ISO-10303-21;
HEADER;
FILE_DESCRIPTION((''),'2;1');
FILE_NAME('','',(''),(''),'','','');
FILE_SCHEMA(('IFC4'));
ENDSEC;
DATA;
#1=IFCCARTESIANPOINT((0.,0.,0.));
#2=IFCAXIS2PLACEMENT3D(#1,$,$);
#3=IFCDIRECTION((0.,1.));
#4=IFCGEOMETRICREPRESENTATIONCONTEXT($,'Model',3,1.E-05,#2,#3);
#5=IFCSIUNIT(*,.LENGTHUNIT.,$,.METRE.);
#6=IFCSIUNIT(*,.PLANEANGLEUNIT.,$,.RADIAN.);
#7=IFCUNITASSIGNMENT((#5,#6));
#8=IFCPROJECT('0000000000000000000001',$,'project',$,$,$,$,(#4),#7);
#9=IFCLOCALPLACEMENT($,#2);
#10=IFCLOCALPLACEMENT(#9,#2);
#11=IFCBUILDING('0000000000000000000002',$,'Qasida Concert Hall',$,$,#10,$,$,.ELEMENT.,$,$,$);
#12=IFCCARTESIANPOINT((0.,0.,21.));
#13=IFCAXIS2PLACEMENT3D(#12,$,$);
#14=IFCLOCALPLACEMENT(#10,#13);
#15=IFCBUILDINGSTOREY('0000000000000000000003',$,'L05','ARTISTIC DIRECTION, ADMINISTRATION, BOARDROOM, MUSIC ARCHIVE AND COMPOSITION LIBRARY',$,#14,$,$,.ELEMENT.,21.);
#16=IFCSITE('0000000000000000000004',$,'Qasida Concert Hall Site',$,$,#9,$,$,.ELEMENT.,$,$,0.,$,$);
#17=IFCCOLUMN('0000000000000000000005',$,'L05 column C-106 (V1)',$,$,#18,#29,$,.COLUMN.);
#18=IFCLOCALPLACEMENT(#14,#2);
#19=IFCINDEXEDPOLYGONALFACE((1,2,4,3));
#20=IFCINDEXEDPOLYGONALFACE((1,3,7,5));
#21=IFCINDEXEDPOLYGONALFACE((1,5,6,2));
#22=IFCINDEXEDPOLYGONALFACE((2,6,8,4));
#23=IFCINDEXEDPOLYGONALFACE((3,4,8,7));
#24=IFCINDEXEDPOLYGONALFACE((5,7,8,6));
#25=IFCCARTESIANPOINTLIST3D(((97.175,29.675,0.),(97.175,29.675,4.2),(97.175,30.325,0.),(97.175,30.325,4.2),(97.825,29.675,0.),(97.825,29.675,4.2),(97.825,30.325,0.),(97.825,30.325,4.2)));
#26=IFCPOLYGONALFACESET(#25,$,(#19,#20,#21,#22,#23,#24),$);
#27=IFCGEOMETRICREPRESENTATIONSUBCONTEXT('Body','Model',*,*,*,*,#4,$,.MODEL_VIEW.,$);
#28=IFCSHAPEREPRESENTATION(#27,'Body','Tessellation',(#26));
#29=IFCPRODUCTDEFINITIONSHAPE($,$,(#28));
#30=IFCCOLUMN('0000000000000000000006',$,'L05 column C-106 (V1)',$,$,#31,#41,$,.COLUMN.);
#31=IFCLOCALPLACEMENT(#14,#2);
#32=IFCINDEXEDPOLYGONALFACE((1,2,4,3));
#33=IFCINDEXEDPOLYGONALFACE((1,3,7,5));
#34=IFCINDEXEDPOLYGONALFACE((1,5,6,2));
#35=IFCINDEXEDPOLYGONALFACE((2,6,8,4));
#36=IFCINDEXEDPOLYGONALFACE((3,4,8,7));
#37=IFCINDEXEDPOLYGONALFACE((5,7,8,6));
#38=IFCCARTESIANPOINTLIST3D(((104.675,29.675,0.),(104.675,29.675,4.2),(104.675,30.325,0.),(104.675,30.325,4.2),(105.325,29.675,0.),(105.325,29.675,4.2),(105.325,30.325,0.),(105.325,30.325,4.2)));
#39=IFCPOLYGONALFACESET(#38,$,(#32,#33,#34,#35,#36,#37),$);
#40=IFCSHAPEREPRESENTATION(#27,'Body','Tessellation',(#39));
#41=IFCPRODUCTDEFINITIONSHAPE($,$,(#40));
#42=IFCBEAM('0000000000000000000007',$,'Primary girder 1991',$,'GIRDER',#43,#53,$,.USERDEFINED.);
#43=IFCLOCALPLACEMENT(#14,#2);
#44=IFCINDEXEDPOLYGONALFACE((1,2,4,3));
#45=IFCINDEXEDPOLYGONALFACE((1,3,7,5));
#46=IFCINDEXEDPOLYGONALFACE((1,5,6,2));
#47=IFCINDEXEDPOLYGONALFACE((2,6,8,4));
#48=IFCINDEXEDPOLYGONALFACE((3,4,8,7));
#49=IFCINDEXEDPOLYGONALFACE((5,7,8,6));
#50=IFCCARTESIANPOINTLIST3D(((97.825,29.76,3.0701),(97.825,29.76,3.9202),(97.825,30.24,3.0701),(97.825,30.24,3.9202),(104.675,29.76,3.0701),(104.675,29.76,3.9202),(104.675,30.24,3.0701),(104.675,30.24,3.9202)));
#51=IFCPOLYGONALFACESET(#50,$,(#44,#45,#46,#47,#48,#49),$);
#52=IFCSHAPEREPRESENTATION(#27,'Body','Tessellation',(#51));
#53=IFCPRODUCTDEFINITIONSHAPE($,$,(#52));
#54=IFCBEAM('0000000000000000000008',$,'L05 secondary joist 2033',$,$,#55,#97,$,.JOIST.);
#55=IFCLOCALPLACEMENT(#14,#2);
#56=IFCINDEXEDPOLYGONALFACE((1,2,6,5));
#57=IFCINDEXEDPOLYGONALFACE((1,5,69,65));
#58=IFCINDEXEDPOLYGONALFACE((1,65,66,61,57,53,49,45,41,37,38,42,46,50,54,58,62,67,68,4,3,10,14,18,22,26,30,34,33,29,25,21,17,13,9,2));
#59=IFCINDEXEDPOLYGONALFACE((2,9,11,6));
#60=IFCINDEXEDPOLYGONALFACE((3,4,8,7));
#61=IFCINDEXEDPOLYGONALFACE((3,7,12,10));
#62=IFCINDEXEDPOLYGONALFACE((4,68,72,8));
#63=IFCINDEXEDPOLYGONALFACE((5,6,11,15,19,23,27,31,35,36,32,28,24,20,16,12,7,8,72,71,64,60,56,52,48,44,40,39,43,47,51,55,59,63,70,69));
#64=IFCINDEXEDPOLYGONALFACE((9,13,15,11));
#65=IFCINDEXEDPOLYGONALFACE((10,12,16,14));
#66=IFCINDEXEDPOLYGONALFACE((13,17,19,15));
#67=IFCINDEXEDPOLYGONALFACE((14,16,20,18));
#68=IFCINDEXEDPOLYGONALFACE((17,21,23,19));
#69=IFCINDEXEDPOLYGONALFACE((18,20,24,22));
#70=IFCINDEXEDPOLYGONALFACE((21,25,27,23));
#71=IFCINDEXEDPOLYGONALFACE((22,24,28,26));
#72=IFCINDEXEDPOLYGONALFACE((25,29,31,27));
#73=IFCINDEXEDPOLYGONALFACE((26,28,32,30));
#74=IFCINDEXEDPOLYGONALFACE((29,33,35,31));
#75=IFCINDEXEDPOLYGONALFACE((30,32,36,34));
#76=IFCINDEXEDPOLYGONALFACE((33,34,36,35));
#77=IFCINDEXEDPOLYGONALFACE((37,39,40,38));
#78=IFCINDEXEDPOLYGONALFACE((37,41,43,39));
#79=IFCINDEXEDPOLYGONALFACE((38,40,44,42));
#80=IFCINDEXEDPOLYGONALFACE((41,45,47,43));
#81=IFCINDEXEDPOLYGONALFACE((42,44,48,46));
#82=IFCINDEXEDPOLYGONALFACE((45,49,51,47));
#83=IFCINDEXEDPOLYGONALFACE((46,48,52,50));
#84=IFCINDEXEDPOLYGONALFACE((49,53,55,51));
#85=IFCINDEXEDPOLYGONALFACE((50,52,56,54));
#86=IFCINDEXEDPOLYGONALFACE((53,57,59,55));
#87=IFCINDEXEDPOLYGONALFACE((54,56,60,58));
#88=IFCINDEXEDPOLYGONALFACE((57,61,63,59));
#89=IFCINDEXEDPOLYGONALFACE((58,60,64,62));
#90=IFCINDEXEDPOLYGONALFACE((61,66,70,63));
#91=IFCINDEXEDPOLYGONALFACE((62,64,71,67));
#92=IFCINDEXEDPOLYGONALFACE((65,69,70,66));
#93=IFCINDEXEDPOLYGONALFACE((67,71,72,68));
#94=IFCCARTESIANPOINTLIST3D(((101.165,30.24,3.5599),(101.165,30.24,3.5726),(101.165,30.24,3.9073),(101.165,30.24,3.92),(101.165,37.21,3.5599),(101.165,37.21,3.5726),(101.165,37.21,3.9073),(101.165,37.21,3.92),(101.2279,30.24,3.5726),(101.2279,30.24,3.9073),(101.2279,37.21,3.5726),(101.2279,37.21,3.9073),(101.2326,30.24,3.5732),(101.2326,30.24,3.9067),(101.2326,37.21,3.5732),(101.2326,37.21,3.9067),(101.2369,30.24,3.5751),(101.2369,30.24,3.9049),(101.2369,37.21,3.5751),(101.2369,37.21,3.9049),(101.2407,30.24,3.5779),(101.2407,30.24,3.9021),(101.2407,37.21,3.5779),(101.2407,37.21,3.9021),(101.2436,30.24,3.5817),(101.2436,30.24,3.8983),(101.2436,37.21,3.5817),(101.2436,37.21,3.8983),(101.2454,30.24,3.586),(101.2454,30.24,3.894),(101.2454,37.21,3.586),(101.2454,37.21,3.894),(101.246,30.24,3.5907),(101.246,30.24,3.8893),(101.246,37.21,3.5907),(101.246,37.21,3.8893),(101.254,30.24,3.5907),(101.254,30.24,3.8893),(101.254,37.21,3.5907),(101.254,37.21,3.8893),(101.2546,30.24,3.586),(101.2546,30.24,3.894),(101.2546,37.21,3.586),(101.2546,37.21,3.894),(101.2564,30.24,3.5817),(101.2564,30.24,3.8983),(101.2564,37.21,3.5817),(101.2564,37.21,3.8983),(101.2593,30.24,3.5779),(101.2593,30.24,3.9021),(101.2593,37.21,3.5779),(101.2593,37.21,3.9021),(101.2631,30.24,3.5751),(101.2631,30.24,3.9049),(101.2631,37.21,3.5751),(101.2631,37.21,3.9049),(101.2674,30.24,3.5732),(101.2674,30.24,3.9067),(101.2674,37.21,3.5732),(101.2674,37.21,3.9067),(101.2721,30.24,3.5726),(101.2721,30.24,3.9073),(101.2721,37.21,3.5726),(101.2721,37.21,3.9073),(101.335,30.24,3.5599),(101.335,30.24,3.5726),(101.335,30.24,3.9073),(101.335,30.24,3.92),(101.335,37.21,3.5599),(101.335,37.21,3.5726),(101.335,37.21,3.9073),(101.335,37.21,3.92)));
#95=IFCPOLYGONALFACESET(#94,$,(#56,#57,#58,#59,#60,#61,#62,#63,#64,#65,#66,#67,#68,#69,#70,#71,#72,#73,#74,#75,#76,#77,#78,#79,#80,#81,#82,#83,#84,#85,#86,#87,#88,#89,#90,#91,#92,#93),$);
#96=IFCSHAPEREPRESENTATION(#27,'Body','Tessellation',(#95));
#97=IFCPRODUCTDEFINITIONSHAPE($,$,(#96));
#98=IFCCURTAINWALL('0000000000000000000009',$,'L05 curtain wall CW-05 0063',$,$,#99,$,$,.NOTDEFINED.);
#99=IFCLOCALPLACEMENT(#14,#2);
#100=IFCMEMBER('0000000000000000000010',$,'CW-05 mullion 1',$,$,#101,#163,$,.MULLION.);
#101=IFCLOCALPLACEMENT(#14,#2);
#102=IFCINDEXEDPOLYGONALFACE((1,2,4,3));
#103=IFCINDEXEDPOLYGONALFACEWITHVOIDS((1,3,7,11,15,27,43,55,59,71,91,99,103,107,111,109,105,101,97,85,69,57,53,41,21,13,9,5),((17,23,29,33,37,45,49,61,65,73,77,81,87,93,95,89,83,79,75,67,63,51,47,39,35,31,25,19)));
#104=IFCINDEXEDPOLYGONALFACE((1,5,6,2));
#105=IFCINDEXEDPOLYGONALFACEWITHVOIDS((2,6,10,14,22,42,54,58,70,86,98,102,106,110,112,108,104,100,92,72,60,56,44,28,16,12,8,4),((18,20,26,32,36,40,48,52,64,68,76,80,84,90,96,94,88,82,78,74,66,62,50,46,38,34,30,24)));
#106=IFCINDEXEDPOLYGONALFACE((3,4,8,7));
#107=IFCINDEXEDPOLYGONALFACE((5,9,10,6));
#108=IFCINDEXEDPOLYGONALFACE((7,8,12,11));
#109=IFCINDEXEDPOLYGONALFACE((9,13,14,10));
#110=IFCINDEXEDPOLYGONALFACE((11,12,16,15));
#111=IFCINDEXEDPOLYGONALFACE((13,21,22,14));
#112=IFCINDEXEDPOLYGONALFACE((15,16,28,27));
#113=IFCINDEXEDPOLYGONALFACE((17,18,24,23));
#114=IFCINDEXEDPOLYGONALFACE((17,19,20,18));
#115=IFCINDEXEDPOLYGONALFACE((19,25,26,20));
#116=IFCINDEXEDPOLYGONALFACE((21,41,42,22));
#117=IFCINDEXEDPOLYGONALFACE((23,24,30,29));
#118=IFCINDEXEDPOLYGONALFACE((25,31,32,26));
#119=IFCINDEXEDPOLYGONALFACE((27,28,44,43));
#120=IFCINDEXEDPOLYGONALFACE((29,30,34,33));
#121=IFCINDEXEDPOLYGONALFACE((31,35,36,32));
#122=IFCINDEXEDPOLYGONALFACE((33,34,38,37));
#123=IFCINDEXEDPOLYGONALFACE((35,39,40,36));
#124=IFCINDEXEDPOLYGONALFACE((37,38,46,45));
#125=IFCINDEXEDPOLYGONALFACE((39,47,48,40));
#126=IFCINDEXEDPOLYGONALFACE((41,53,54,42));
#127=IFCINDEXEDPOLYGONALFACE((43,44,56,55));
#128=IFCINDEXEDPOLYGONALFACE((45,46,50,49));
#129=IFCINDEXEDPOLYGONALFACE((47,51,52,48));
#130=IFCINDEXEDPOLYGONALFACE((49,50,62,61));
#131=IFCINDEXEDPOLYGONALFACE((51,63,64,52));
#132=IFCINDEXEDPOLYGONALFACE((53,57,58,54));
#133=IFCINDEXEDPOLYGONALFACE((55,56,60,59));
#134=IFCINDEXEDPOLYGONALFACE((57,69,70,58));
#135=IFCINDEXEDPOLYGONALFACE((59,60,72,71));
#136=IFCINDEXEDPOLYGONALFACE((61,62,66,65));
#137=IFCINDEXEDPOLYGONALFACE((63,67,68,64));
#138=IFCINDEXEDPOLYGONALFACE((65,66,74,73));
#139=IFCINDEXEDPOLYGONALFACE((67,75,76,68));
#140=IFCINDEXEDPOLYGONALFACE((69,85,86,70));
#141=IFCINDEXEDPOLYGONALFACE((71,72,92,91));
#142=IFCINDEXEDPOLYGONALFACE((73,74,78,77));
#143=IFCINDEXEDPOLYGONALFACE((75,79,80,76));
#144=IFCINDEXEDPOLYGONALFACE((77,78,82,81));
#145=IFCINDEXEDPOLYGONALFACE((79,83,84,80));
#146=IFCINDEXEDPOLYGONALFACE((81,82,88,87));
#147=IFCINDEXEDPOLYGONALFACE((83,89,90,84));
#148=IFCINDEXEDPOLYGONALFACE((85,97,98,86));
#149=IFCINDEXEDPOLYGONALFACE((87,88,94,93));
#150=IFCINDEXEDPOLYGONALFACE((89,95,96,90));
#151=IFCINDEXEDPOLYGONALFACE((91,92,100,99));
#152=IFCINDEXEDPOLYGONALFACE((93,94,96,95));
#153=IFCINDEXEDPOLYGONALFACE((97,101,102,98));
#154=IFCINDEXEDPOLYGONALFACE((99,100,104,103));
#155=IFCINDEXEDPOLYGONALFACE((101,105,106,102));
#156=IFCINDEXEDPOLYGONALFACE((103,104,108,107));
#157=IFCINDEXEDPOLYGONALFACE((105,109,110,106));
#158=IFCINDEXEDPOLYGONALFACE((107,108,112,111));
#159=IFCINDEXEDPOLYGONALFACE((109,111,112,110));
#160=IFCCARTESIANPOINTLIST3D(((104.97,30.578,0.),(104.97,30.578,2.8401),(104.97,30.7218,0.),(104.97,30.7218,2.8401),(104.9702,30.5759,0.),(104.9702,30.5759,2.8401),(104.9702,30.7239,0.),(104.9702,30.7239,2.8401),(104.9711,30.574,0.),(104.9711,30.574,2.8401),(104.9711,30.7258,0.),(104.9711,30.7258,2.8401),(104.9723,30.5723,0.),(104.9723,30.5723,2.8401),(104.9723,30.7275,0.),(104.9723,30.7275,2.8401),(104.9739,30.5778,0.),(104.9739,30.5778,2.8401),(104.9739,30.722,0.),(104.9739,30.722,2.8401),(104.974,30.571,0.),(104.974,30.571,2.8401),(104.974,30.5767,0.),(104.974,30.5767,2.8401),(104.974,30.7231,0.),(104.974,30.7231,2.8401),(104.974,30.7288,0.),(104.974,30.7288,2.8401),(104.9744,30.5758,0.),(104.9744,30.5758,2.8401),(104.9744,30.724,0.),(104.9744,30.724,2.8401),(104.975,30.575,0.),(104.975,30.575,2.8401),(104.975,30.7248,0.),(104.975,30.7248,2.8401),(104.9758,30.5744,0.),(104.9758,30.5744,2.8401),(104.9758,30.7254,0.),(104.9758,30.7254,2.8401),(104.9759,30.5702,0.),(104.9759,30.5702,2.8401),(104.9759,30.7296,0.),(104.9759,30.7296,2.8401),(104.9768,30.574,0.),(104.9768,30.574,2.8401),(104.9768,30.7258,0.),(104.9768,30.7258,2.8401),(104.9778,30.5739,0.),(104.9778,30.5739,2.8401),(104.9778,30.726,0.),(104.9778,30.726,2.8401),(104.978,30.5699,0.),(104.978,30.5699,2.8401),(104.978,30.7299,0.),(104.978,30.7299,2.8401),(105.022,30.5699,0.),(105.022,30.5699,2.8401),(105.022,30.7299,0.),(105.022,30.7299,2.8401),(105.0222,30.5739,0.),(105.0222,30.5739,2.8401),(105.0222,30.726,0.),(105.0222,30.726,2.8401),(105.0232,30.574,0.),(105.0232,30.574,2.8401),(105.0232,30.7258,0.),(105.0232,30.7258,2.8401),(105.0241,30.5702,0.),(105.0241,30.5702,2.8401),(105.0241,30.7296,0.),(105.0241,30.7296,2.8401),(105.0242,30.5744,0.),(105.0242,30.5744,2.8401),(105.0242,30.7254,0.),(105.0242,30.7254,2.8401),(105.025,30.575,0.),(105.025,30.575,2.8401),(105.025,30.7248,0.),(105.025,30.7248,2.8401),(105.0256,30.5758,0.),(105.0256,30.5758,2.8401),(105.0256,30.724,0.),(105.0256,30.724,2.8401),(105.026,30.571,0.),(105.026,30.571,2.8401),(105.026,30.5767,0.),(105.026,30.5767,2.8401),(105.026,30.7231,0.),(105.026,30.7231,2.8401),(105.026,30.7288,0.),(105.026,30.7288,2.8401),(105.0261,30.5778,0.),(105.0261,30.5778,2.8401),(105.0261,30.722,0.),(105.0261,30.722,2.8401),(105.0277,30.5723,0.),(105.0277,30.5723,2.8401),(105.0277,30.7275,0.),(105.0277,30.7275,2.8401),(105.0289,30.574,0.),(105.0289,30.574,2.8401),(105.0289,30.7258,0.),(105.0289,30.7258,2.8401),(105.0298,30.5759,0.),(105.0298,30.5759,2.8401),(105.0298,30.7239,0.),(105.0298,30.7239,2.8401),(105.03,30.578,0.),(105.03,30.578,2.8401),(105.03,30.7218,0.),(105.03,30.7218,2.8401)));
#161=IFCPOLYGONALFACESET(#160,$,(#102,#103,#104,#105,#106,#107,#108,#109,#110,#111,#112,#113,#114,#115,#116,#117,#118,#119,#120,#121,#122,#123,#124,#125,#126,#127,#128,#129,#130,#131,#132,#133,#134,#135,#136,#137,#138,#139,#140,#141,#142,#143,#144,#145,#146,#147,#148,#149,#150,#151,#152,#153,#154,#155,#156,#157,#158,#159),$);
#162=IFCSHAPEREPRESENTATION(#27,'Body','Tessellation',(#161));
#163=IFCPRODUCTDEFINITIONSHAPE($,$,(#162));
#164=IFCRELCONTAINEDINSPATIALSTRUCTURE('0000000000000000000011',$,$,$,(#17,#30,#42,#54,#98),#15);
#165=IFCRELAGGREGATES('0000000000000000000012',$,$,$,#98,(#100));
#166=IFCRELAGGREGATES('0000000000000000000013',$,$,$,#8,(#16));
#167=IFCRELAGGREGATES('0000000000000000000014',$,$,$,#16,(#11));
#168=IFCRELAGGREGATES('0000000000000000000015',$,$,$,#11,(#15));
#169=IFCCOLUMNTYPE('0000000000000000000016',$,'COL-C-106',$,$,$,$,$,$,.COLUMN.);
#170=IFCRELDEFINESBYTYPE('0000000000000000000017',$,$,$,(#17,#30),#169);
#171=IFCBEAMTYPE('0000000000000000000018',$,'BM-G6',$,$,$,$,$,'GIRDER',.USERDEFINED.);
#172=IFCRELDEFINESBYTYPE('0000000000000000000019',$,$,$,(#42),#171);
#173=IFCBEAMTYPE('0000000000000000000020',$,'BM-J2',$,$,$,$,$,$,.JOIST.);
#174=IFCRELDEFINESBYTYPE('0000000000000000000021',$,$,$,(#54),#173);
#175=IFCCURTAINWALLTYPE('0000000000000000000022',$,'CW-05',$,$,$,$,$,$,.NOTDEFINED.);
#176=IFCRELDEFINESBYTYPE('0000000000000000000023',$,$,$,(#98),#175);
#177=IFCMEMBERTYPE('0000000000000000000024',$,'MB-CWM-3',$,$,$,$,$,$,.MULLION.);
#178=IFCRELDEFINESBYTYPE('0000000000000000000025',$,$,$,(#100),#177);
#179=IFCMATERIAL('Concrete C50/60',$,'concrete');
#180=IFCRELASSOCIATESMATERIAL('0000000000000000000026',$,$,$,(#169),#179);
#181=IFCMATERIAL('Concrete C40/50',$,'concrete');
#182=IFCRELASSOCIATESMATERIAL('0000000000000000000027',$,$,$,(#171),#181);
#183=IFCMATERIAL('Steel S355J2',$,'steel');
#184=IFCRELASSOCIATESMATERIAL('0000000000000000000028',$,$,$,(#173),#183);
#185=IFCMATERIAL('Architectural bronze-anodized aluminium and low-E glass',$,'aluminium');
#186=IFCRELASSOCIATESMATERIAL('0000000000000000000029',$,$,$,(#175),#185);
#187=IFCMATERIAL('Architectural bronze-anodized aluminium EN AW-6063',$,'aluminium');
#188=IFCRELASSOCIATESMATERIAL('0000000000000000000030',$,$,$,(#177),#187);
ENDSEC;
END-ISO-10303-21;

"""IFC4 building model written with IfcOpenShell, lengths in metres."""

from ifc_helpers import new_model, si_unit, direction, frame, origin, origin_2d, place, context, subcontext, project, spatial, rectangle, hollow_rectangle, i_section, extrude, material, material_profile, profile_set, type_object, element, aggregate, save


model = new_model("IFC4")

# Units and contexts
model_context = context("Model", 3, precision=1e-05, world=origin(), true_north=direction((0.0, 1.0)))
body_context = subcontext(model_context, "Body", "Model", "MODEL_VIEW")
ifc_project = project(units=[si_unit("LENGTHUNIT", "METRE"), si_unit("PLANEANGLEUNIT", "RADIAN")], contexts=[model_context])

# Site, building, storey
site_placement = place(None, origin())
site = spatial("IfcSite", under=ifc_project, at=site_placement, Name="Qasida Concert Hall Site", CompositionType="ELEMENT", RefElevation=0.0)
building_placement = place(site_placement, origin())
building = spatial("IfcBuilding", under=site, at=building_placement, Name="Qasida Concert Hall", CompositionType="ELEMENT")
storey_placement = place(building_placement, frame((0.0, 0.0, 21.0)))
storey = spatial("IfcBuildingStorey", under=building, at=storey_placement, Name="L05", Description="ARTISTIC DIRECTION, ADMINISTRATION, BOARDROOM, MUSIC ARCHIVE AND COMPOSITION LIBRARY", CompositionType="ELEMENT", Elevation=21.0)

# Columns
ifc_material_1 = material(Name="Concrete C50/60", Category="concrete")
ifc_material_profile_1 = material_profile(ifc_material_1, rectangle(XDim=0.6499, YDim=0.6499, at=origin_2d()), Name="RC 650x650")
ifc_profile_set_1 = profile_set([ifc_material_profile_1], Name="Concrete C50/60")
column_type = type_object("IfcColumnType", Name="COL-C-106", PredefinedType="COLUMN", material=ifc_profile_set_1)
for number, where, z_axis, x_axis, name in (
    (1, (97.5, 30.0, 0.0), (0.0, 0.0, 1.0), (1.0, 0.0, 0.0), "L05 column C-106 (V1)"),
    (2, (105.0, 30.0, 0.0), (0.0, 0.0, 1.0), (1.0, 0.0, 0.0), "L05 column C-106 (V1)"),
):
    element("IfcColumn", number, at=place(storey_placement, frame(where, z_axis=z_axis, x_axis=x_axis)), inside=storey, type_object=column_type, Name=name, PredefinedType="COLUMN", context=body_context, shape_type="SweptSolid", body=[
        extrude(rectangle(XDim=0.6499, YDim=0.6499, at=origin_2d()), origin(), (0.0, 0.0, 1.0), 4.2),
    ])

# Beams
ifc_material_2 = material(Name="Concrete C40/50", Category="concrete")
ifc_material_profile_2 = material_profile(ifc_material_2, rectangle(XDim=0.48, YDim=0.8501, at=origin_2d()), Name="RC 480x850")
ifc_profile_set_2 = profile_set([ifc_material_profile_2], Name="Concrete C40/50")
beam_type_1 = type_object("IfcBeamType", Name="BM-G6", ElementType="GIRDER", PredefinedType="USERDEFINED", material=ifc_profile_set_2)
beam_1_placement = place(storey_placement, frame((97.825, 30.0, 3.4951), z_axis=(1.0, 0.0, 0.0), x_axis=(0.0, 1.0, 0.0)))
element("IfcBeam", 3, at=beam_1_placement, inside=storey, type_object=beam_type_1, Name="Primary girder 1991", ObjectType="GIRDER", PredefinedType="USERDEFINED", context=body_context, shape_type="SweptSolid", body=[
    extrude(rectangle(XDim=0.48, YDim=0.8501, at=origin_2d()), origin(), (0.0, 0.0, 1.0), 6.8501),
])
ifc_material_3 = material(Name="Steel S355J2", Category="steel")
ifc_material_profile_3 = material_profile(ifc_material_3, i_section(OverallWidth=0.1699, OverallDepth=0.3601, WebThickness=0.0081, FlangeThickness=0.0127, FilletRadius=0.0181, at=origin_2d()), Name="IPE 360")
ifc_profile_set_3 = profile_set([ifc_material_profile_3], Name="Steel S355J2")
beam_type_2 = type_object("IfcBeamType", Name="BM-J2", PredefinedType="JOIST", material=ifc_profile_set_3)
beam_2_placement = place(storey_placement, frame((101.25, 30.24, 3.74), z_axis=(0.0, 1.0, 0.0), x_axis=(-1.0, 0.0, 0.0)))
element("IfcBeam", 4, at=beam_2_placement, inside=storey, type_object=beam_type_2, Name="L05 secondary joist 2033", PredefinedType="JOIST", context=body_context, shape_type="SweptSolid", body=[
    extrude(i_section(OverallWidth=0.1699, OverallDepth=0.3601, WebThickness=0.0081, FlangeThickness=0.0127, FilletRadius=0.0181, at=origin_2d()), origin(), (0.0, 0.0, 1.0), 6.97),
])

# Curtain wall, member
ifc_material_4 = material(Name="Architectural bronze-anodized aluminium and low-E glass", Category="aluminium")
curtain_wall_type = type_object("IfcCurtainWallType", Name="CW-05", PredefinedType="NOTDEFINED", material=ifc_material_4)
curtain_wall_placement = place(storey_placement, origin())
curtain_wall = element("IfcCurtainWall", 5, at=curtain_wall_placement, inside=storey, type_object=curtain_wall_type, Name="L05 curtain wall CW-05 0063", PredefinedType="NOTDEFINED")
ifc_material_5 = material(Name="Architectural bronze-anodized aluminium EN AW-6063", Category="aluminium")
ifc_material_profile_4 = material_profile(ifc_material_5, hollow_rectangle(XDim=0.0601, YDim=0.1599, WallThickness=0.0039, InnerFilletRadius=0.0039, OuterFilletRadius=0.0081, at=origin_2d()), Name="CWM 160x60x4")
ifc_profile_set_4 = profile_set([ifc_material_profile_4], Name="Architectural bronze-anodized aluminium EN AW-6063")
member_type_1 = type_object("IfcMemberType", Name="MB-CWM-3", PredefinedType="MULLION", material=ifc_profile_set_4)
member_1_placement = place(storey_placement, frame((105.0, 30.6499, 0.0), z_axis=(0.0, 0.0, 1.0), x_axis=(-1.0, 0.0, 0.0)))
member_1 = element("IfcMember", 6, at=member_1_placement, type_object=member_type_1, Name="CW-05 mullion 1", PredefinedType="MULLION", context=body_context, shape_type="SweptSolid", body=[
    extrude(hollow_rectangle(XDim=0.0601, YDim=0.1599, WallThickness=0.0039, InnerFilletRadius=0.0039, OuterFilletRadius=0.0081, at=origin_2d()), origin(), (0.0, 0.0, 1.0), 2.8401),
])
aggregate(curtain_wall, [member_1])

save(model, "model.ifc")
